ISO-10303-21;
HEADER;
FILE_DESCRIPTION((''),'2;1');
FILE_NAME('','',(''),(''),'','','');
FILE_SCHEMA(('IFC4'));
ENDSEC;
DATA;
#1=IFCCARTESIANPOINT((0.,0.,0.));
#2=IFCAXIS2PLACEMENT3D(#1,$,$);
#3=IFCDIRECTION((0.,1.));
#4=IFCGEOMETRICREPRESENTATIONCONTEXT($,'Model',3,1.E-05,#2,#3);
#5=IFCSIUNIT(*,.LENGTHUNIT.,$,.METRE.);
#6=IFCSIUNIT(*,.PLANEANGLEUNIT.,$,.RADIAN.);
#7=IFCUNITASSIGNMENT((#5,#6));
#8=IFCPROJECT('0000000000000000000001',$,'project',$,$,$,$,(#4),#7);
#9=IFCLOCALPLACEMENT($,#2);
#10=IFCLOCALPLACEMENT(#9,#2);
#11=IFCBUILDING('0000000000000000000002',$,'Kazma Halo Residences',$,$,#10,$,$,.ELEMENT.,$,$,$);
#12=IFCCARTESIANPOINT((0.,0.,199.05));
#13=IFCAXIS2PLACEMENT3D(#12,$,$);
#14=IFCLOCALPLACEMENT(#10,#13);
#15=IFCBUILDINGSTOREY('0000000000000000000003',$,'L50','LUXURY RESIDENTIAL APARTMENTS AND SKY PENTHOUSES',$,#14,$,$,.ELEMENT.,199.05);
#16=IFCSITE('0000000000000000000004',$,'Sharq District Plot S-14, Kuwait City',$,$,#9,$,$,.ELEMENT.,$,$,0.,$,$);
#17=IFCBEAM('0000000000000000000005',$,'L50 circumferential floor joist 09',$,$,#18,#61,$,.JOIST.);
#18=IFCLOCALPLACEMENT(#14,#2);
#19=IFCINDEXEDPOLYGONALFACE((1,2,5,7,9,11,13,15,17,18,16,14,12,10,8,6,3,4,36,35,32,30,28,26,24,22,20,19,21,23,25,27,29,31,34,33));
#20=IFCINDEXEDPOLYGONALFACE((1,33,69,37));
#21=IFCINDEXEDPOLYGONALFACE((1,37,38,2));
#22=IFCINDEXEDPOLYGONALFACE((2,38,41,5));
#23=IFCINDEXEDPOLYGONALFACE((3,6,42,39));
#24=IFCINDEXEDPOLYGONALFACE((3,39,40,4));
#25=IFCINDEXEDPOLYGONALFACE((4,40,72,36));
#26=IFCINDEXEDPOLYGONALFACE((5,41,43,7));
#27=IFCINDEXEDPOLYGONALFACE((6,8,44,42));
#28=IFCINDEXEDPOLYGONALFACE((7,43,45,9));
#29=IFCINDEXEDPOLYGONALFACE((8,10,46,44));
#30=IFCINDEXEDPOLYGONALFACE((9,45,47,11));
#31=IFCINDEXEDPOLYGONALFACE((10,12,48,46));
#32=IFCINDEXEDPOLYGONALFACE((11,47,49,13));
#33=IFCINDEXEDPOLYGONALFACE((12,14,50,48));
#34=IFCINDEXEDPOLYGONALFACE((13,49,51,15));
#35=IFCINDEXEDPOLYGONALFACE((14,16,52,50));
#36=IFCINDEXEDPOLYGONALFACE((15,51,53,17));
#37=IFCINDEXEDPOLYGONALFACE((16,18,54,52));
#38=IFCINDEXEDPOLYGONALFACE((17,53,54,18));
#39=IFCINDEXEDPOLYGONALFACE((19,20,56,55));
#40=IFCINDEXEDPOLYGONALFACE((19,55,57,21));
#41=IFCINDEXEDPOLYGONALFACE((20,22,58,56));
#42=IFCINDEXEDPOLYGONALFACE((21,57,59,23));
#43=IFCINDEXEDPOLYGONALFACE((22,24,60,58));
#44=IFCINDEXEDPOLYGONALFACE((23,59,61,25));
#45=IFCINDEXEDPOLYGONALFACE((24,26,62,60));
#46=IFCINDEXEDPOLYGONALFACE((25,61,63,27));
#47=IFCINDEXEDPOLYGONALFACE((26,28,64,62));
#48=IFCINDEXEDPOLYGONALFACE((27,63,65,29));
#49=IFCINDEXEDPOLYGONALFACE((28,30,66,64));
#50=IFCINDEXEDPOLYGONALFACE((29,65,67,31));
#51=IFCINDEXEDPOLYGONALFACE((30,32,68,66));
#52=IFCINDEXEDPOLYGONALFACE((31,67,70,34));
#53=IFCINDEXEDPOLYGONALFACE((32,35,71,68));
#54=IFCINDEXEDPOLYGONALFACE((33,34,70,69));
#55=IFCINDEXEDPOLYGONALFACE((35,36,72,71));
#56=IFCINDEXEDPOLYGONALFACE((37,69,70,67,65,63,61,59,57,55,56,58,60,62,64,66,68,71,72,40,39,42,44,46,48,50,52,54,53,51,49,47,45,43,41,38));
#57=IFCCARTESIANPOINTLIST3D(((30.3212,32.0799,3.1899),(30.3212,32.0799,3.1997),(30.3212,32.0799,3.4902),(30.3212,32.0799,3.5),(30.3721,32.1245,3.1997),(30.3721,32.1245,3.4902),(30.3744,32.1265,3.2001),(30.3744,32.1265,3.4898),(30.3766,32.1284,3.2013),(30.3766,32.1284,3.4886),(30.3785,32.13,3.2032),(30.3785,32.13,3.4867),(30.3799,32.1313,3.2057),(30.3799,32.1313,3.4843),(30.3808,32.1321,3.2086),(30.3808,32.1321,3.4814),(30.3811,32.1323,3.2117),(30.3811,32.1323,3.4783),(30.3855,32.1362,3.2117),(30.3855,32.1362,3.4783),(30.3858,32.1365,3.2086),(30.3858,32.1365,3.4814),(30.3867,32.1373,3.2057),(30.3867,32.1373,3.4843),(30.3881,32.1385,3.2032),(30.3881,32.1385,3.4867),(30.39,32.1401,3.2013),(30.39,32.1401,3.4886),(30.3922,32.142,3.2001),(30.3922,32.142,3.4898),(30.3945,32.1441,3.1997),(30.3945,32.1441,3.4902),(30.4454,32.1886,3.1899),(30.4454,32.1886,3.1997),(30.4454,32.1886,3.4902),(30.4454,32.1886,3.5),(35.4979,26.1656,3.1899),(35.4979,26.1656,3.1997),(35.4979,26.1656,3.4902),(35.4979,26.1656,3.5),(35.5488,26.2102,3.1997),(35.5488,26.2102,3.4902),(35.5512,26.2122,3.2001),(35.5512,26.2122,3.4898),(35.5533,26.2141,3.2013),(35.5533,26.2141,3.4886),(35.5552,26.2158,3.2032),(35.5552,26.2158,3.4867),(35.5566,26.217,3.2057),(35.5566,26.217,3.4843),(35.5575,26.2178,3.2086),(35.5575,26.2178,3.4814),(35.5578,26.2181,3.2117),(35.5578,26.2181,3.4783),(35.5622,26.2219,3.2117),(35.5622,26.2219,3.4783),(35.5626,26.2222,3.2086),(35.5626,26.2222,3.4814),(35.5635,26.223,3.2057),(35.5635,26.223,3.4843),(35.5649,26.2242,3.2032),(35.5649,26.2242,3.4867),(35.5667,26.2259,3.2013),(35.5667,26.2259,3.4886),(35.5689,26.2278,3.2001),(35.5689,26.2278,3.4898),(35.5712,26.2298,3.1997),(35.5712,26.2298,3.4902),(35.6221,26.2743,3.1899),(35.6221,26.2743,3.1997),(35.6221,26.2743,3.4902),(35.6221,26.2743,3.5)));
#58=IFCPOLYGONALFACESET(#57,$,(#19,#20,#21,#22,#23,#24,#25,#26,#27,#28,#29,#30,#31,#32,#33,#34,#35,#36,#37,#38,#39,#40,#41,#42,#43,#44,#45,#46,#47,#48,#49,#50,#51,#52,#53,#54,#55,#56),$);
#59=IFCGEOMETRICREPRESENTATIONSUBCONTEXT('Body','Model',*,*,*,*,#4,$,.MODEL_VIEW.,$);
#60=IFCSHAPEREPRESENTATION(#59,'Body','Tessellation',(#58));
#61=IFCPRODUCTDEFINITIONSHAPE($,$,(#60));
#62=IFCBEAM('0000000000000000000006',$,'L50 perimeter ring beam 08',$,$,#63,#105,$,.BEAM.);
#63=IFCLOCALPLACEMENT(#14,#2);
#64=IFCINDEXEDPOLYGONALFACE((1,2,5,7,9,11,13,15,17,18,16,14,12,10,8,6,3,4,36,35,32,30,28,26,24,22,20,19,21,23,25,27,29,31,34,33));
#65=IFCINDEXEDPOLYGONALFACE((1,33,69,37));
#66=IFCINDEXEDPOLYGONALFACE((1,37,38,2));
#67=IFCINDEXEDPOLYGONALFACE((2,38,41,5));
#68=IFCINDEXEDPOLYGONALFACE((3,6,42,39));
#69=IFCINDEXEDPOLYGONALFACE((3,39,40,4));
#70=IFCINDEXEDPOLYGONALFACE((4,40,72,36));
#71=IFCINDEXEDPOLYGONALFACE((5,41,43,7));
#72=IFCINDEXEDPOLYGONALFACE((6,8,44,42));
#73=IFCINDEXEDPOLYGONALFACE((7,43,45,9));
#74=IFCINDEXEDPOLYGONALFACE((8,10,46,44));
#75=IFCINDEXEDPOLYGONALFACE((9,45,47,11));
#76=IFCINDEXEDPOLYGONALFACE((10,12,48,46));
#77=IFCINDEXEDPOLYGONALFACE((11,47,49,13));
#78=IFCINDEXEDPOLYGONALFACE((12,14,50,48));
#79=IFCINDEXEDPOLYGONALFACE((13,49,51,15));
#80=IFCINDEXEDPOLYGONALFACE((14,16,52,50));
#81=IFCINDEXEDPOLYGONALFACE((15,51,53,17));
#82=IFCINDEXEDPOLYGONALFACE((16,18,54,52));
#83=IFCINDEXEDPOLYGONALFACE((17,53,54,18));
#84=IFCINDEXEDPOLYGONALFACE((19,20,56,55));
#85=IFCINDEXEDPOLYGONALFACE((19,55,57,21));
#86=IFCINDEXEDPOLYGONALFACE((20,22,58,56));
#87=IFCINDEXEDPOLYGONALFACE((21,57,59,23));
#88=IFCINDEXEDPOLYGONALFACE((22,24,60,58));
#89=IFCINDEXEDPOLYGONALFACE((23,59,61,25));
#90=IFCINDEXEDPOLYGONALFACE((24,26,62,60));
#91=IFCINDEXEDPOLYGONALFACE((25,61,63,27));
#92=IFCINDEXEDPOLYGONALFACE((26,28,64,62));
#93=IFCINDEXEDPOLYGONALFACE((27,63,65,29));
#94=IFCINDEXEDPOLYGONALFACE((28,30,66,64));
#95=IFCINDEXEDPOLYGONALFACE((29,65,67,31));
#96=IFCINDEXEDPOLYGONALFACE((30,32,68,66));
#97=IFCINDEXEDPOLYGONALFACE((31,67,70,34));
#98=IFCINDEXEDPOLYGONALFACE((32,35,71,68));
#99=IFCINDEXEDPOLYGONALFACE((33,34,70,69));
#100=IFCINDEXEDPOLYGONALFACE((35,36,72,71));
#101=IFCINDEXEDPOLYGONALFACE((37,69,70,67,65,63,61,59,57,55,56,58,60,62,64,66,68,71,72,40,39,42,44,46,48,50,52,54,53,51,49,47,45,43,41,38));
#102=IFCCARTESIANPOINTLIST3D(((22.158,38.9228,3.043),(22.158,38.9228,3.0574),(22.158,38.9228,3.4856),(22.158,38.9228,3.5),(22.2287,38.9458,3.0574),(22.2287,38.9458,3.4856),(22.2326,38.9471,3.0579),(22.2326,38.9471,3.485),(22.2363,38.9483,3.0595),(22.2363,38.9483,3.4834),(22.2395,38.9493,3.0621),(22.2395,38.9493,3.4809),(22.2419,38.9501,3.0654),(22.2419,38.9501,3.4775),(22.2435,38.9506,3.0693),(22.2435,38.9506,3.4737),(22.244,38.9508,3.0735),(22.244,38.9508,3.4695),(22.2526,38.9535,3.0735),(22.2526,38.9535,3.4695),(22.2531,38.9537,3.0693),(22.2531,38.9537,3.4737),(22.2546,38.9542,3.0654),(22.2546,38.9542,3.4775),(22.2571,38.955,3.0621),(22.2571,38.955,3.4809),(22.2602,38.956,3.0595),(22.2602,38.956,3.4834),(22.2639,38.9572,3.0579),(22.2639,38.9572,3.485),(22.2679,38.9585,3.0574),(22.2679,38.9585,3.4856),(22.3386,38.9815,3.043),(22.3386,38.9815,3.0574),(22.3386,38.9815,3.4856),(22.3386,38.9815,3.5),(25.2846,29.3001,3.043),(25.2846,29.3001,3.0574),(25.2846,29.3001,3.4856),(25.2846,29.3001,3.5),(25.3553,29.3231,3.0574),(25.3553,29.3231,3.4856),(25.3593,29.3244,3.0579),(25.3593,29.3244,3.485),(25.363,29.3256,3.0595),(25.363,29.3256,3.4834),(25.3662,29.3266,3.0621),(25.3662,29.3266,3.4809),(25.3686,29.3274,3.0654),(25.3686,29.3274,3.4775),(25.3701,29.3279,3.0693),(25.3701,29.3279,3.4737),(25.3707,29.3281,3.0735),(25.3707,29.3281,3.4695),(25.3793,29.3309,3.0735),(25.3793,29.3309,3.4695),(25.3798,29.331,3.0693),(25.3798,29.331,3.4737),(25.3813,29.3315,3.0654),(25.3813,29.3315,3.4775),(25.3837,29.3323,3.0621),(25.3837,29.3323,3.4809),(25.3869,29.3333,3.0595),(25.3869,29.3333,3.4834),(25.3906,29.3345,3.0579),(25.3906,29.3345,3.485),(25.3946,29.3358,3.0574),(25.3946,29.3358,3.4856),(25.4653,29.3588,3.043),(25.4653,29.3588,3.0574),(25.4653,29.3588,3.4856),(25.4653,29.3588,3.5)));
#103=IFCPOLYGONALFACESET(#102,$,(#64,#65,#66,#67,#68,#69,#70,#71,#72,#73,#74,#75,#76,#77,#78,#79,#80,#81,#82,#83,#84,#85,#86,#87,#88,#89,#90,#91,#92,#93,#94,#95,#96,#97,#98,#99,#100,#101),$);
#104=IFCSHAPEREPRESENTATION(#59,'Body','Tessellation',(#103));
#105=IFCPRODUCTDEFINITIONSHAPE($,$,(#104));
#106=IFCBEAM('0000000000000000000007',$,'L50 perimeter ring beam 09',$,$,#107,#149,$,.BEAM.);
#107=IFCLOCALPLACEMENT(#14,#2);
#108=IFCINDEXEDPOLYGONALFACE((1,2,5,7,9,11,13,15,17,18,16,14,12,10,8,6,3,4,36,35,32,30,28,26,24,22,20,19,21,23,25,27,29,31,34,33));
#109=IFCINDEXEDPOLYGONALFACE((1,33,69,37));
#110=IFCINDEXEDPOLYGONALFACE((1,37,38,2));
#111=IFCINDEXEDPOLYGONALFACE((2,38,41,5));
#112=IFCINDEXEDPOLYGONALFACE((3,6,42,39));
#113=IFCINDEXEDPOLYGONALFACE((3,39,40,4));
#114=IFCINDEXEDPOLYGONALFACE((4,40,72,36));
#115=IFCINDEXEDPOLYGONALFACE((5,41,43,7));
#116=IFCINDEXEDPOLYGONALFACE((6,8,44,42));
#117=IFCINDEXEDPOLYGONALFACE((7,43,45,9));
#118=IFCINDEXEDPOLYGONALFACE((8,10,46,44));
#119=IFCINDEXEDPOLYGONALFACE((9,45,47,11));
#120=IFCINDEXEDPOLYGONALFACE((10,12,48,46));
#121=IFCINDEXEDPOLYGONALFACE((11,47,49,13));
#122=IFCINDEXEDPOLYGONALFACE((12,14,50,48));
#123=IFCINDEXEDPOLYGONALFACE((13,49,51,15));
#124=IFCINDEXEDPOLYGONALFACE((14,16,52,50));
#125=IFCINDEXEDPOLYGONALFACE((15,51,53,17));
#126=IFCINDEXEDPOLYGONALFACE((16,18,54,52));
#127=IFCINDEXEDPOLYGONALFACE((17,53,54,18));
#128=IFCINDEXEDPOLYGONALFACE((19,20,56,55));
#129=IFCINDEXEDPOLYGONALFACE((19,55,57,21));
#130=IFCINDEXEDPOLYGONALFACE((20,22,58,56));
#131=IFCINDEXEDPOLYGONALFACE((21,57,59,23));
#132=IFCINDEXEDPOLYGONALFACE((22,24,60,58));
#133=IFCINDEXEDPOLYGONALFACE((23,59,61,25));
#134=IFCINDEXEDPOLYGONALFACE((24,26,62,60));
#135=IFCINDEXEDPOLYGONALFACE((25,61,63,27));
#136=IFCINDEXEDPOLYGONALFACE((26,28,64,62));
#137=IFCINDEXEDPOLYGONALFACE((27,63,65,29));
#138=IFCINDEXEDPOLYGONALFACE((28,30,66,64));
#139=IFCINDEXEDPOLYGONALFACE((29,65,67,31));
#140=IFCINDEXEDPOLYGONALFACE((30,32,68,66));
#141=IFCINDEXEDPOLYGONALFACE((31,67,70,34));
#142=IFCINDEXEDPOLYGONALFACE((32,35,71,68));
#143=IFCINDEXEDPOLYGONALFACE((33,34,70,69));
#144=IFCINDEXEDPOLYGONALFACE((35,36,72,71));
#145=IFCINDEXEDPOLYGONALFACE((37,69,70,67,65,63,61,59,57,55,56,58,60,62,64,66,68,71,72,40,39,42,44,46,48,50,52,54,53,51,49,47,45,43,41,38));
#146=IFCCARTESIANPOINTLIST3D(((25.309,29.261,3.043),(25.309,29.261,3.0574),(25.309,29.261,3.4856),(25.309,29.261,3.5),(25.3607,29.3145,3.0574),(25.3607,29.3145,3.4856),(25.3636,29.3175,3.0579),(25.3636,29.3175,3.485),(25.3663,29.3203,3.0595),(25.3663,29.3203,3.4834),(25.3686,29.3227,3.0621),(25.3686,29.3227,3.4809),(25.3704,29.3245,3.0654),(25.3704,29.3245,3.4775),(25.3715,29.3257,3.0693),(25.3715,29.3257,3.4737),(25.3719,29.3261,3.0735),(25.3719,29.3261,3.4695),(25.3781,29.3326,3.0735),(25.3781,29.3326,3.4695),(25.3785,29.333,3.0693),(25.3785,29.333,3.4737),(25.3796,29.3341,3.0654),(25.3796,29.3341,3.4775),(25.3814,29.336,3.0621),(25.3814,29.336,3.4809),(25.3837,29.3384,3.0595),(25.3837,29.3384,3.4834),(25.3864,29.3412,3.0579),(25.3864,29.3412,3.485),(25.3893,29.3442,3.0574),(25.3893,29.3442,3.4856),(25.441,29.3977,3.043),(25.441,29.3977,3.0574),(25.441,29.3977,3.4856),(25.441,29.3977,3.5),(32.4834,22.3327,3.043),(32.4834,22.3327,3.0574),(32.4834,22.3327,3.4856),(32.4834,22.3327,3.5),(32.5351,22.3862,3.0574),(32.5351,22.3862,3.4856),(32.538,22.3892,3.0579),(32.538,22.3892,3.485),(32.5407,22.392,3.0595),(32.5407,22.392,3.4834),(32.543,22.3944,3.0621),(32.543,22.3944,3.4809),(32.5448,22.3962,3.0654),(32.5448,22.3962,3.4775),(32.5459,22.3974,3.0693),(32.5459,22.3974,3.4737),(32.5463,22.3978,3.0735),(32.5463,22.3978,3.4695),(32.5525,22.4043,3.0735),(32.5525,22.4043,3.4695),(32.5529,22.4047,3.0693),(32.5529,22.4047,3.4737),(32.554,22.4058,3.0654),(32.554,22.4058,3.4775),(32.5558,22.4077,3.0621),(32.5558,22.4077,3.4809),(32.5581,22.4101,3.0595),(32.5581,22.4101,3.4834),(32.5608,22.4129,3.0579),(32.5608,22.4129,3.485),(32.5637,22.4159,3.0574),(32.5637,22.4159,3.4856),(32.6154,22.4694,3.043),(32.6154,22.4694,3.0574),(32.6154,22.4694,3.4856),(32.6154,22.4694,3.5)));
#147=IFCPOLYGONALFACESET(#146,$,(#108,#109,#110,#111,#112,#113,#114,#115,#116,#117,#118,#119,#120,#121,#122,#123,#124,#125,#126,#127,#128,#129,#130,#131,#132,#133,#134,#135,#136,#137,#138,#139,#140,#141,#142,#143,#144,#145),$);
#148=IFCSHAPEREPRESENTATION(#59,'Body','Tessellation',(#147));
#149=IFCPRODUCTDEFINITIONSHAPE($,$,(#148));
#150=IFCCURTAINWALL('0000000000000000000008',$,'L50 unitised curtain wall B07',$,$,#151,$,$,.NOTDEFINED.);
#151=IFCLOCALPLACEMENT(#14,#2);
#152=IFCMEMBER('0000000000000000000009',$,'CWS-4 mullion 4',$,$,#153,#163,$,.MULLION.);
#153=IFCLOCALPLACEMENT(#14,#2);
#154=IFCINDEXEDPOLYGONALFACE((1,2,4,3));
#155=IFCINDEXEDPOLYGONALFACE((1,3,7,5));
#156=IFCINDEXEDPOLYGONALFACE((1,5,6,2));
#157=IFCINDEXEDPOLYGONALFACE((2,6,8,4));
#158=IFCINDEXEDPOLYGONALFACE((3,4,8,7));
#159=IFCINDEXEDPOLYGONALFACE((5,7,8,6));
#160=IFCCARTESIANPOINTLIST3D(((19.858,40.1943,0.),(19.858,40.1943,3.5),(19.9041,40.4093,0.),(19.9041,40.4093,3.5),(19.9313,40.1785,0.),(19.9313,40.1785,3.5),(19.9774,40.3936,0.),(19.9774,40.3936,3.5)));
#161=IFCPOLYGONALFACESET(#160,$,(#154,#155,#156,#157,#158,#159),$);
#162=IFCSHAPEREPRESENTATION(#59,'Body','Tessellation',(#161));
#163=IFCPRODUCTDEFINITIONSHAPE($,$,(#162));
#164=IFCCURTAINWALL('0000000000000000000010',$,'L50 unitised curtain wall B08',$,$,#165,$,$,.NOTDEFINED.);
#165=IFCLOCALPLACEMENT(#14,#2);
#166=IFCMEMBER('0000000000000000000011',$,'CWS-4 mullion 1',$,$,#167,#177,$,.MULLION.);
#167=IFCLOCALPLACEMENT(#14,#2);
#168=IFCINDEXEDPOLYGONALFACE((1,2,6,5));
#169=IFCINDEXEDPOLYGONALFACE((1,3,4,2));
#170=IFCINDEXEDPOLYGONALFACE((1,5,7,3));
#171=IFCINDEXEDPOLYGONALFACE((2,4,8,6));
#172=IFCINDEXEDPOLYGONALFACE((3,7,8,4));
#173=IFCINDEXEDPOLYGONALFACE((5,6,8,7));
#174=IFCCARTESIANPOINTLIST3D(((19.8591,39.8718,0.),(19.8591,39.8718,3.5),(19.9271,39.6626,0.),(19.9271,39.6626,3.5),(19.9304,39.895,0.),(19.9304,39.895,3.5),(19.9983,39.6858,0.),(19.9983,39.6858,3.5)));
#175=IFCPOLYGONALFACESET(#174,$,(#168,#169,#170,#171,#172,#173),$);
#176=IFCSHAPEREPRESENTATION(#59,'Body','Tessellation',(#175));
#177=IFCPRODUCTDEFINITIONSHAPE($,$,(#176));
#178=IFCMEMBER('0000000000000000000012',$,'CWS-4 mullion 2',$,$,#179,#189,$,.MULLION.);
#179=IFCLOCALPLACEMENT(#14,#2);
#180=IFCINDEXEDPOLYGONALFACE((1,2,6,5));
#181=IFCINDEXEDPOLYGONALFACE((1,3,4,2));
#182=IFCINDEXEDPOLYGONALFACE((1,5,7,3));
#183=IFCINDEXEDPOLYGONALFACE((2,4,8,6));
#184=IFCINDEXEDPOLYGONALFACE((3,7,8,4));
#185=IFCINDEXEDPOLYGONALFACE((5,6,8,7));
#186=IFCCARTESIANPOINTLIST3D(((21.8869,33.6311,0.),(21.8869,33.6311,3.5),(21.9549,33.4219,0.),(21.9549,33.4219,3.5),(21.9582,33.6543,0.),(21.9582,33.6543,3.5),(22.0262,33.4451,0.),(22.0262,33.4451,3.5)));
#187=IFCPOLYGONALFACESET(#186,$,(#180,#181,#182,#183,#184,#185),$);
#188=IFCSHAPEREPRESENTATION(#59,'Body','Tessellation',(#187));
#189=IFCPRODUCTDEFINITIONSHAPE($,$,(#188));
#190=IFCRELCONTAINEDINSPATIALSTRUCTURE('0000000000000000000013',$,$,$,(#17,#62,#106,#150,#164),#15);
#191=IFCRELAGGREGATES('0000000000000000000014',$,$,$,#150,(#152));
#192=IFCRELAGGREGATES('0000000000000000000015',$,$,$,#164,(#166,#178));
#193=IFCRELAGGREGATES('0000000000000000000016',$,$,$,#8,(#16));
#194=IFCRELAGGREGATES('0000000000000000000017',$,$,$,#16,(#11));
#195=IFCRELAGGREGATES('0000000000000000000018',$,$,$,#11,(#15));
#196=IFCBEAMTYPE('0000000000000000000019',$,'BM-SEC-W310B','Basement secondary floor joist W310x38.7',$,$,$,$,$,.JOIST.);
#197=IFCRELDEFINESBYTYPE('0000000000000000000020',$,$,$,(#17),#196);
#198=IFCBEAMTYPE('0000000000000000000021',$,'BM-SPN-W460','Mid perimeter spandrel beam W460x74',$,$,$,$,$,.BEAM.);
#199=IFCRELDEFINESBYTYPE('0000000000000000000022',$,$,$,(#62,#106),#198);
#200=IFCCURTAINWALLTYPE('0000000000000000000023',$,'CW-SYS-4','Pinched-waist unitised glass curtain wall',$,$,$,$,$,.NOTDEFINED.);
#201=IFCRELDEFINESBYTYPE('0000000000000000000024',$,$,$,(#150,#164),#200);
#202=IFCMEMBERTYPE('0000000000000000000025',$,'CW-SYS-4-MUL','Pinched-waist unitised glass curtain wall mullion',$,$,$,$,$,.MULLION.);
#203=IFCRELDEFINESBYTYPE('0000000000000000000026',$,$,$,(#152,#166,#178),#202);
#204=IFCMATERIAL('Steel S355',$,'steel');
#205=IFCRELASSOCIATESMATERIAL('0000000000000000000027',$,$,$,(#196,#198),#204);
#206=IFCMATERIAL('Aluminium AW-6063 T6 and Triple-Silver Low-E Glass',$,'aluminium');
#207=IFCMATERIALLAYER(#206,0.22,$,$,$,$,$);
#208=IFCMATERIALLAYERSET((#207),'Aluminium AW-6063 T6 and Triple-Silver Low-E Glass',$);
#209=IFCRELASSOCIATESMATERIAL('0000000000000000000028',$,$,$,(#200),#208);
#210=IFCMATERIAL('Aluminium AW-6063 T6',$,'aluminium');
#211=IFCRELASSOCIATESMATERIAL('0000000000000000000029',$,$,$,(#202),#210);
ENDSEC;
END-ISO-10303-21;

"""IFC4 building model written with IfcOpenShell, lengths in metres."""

from ifc_helpers import new_model, si_unit, direction, frame, origin, origin_2d, place, context, subcontext, project, spatial, rectangle, i_section, extrude, material, layer, layer_set, material_profile, profile_set, type_object, element, aggregate, save


model = new_model("IFC4")

# Units and contexts
model_context = context("Model", 3, precision=1e-05, world=origin(), true_north=direction((0.0, 1.0)))
body_context = subcontext(model_context, "Body", "Model", "MODEL_VIEW")
ifc_project = project(units=[si_unit("LENGTHUNIT", "METRE"), si_unit("PLANEANGLEUNIT", "RADIAN")], contexts=[model_context])

# Site, building, storey
site_placement = place(None, origin())
site = spatial("IfcSite", under=ifc_project, at=site_placement, Name="Sharq District Plot S-14, Kuwait City", CompositionType="ELEMENT", RefElevation=0.0)
building_placement = place(site_placement, origin())
building = spatial("IfcBuilding", under=site, at=building_placement, Name="Kazma Halo Residences", CompositionType="ELEMENT")
storey_placement = place(building_placement, frame((0.0, 0.0, 199.05)))
storey = spatial("IfcBuildingStorey", under=building, at=storey_placement, Name="L50", Description="LUXURY RESIDENTIAL APARTMENTS AND SKY PENTHOUSES", CompositionType="ELEMENT", Elevation=199.05)

# Beams
ifc_material_1 = material(Name="Steel S355", Category="steel")
ifc_material_profile_1 = material_profile(ifc_material_1, i_section(OverallWidth=0.165, OverallDepth=0.3101, WebThickness=0.0059, FlangeThickness=0.0098, FilletRadius=0.012, at=origin_2d()), Name="W310x38.7")
ifc_profile_set_1 = profile_set([ifc_material_profile_1], Name="Steel S355")
beam_type_1 = type_object("IfcBeamType", Name="BM-SEC-W310B", Description="Basement secondary floor joist W310x38.7", PredefinedType="JOIST", material=ifc_profile_set_1)
beam_1_placement = place(storey_placement, frame((30.3833, 32.1343, 3.345), z_axis=(0.65863, -0.752467, 0.0), x_axis=(0.752467, 0.65863, 0.0)))
element("IfcBeam", 1, at=beam_1_placement, inside=storey, type_object=beam_type_1, Name="L50 circumferential floor joist 09", PredefinedType="JOIST", context=body_context, shape_type="SweptSolid", body=[
    extrude(i_section(OverallWidth=0.165, OverallDepth=0.3101, WebThickness=0.0059, FlangeThickness=0.0098, FilletRadius=0.012, at=origin_2d()), origin(), (0.0, 0.0, 1.0), 7.8599),
])
ifc_material_profile_2 = material_profile(ifc_material_1, i_section(OverallWidth=0.1899, OverallDepth=0.457, WebThickness=0.009, FlangeThickness=0.0144, FilletRadius=0.0161, at=origin_2d()), Name="W460x74")
ifc_profile_set_2 = profile_set([ifc_material_profile_2], Name="Steel S355")
beam_type_2 = type_object("IfcBeamType", Name="BM-SPN-W460", Description="Mid perimeter spandrel beam W460x74", PredefinedType="BEAM", material=ifc_profile_set_2)
beam_2_placement = place(storey_placement, frame((22.2483, 38.9521, 3.2715), z_axis=(0.309023, -0.951054, 0.0), x_axis=(0.951054, 0.309023, 0.0)))
element("IfcBeam", 2, at=beam_2_placement, inside=storey, type_object=beam_type_2, Name="L50 perimeter ring beam 08", PredefinedType="BEAM", context=body_context, shape_type="SweptSolid", body=[
    extrude(i_section(OverallWidth=0.1899, OverallDepth=0.457, WebThickness=0.009, FlangeThickness=0.0144, FilletRadius=0.0161, at=origin_2d()), origin(), (0.0, 0.0, 1.0), 10.1179),
])
beam_3_placement = place(storey_placement, frame((25.375, 29.3293, 3.2715), z_axis=(0.719337, -0.694662, 0.0), x_axis=(0.694662, 0.719337, 0.0)))
element("IfcBeam", 3, at=beam_3_placement, inside=storey, type_object=beam_type_2, Name="L50 perimeter ring beam 09", PredefinedType="BEAM", context=body_context, shape_type="SweptSolid", body=[
    extrude(i_section(OverallWidth=0.1899, OverallDepth=0.457, WebThickness=0.009, FlangeThickness=0.0144, FilletRadius=0.0161, at=origin_2d()), origin(), (0.0, 0.0, 1.0), 9.9736),
])

# Curtain wall, member
ifc_material_2 = material(Name="Aluminium AW-6063 T6 and Triple-Silver Low-E Glass", Category="aluminium")
ifc_layer_1 = layer(ifc_material_2, 0.22)
ifc_layer_set_1 = layer_set([ifc_layer_1], Name="Aluminium AW-6063 T6 and Triple-Silver Low-E Glass")
curtain_wall_type = type_object("IfcCurtainWallType", Name="CW-SYS-4", Description="Pinched-waist unitised glass curtain wall", PredefinedType="NOTDEFINED", material=ifc_layer_set_1)
curtain_wall_1_placement = place(storey_placement, origin())
curtain_wall_1 = element("IfcCurtainWall", 4, at=curtain_wall_1_placement, inside=storey, type_object=curtain_wall_type, Name="L50 unitised curtain wall B07", PredefinedType="NOTDEFINED")
ifc_material_3 = material(Name="Aluminium AW-6063 T6", Category="aluminium")
ifc_material_profile_3 = material_profile(ifc_material_3, rectangle(XDim=0.075, YDim=0.22, at=origin_2d()), Name="CWM-75x220")
ifc_profile_set_3 = profile_set([ifc_material_profile_3], Name="Aluminium AW-6063 T6")
member_type_1 = type_object("IfcMemberType", Name="CW-SYS-4-MUL", Description="Pinched-waist unitised glass curtain wall mullion", PredefinedType="MULLION", material=ifc_profile_set_3)
member_1_placement = place(storey_placement, frame((19.9177, 40.2939, 0.0), z_axis=(0.0, 0.0, 1.0), x_axis=(0.977768, -0.20969, 0.0)))
member_1 = element("IfcMember", 5, at=member_1_placement, type_object=member_type_1, Name="CWS-4 mullion 4", PredefinedType="MULLION", context=body_context, shape_type="SweptSolid", body=[
    extrude(rectangle(XDim=0.075, YDim=0.22, at=origin_2d()), origin(), (0.0, 0.0, 1.0), 3.5),
])
aggregate(curtain_wall_1, [member_1])

# Curtain wall, members
curtain_wall_2_placement = place(storey_placement, origin())
curtain_wall_2 = element("IfcCurtainWall", 6, at=curtain_wall_2_placement, inside=storey, type_object=curtain_wall_type, Name="L50 unitised curtain wall B08", PredefinedType="NOTDEFINED")
member_2_placement = place(storey_placement, frame((19.9287, 39.7788, 0.0), z_axis=(0.0, 0.0, 1.0), x_axis=(0.951057, 0.309016, 0.0)))
member_2 = element("IfcMember", 7, at=member_2_placement, type_object=member_type_1, Name="CWS-4 mullion 1", PredefinedType="MULLION", context=body_context, shape_type="SweptSolid", body=[
    extrude(rectangle(XDim=0.075, YDim=0.22, at=origin_2d()), origin(), (0.0, 0.0, 1.0), 3.5),
])
member_3_placement = place(storey_placement, frame((21.9565, 33.5381, 0.0), z_axis=(0.0, 0.0, 1.0), x_axis=(0.951057, 0.309016, 0.0)))
member_3 = element("IfcMember", 8, at=member_3_placement, type_object=member_type_1, Name="CWS-4 mullion 2", PredefinedType="MULLION", context=body_context, shape_type="SweptSolid", body=[
    extrude(rectangle(XDim=0.075, YDim=0.22, at=origin_2d()), origin(), (0.0, 0.0, 1.0), 3.5),
])

aggregate(curtain_wall_2, [member_2, member_3])

save(model, "model.ifc")
